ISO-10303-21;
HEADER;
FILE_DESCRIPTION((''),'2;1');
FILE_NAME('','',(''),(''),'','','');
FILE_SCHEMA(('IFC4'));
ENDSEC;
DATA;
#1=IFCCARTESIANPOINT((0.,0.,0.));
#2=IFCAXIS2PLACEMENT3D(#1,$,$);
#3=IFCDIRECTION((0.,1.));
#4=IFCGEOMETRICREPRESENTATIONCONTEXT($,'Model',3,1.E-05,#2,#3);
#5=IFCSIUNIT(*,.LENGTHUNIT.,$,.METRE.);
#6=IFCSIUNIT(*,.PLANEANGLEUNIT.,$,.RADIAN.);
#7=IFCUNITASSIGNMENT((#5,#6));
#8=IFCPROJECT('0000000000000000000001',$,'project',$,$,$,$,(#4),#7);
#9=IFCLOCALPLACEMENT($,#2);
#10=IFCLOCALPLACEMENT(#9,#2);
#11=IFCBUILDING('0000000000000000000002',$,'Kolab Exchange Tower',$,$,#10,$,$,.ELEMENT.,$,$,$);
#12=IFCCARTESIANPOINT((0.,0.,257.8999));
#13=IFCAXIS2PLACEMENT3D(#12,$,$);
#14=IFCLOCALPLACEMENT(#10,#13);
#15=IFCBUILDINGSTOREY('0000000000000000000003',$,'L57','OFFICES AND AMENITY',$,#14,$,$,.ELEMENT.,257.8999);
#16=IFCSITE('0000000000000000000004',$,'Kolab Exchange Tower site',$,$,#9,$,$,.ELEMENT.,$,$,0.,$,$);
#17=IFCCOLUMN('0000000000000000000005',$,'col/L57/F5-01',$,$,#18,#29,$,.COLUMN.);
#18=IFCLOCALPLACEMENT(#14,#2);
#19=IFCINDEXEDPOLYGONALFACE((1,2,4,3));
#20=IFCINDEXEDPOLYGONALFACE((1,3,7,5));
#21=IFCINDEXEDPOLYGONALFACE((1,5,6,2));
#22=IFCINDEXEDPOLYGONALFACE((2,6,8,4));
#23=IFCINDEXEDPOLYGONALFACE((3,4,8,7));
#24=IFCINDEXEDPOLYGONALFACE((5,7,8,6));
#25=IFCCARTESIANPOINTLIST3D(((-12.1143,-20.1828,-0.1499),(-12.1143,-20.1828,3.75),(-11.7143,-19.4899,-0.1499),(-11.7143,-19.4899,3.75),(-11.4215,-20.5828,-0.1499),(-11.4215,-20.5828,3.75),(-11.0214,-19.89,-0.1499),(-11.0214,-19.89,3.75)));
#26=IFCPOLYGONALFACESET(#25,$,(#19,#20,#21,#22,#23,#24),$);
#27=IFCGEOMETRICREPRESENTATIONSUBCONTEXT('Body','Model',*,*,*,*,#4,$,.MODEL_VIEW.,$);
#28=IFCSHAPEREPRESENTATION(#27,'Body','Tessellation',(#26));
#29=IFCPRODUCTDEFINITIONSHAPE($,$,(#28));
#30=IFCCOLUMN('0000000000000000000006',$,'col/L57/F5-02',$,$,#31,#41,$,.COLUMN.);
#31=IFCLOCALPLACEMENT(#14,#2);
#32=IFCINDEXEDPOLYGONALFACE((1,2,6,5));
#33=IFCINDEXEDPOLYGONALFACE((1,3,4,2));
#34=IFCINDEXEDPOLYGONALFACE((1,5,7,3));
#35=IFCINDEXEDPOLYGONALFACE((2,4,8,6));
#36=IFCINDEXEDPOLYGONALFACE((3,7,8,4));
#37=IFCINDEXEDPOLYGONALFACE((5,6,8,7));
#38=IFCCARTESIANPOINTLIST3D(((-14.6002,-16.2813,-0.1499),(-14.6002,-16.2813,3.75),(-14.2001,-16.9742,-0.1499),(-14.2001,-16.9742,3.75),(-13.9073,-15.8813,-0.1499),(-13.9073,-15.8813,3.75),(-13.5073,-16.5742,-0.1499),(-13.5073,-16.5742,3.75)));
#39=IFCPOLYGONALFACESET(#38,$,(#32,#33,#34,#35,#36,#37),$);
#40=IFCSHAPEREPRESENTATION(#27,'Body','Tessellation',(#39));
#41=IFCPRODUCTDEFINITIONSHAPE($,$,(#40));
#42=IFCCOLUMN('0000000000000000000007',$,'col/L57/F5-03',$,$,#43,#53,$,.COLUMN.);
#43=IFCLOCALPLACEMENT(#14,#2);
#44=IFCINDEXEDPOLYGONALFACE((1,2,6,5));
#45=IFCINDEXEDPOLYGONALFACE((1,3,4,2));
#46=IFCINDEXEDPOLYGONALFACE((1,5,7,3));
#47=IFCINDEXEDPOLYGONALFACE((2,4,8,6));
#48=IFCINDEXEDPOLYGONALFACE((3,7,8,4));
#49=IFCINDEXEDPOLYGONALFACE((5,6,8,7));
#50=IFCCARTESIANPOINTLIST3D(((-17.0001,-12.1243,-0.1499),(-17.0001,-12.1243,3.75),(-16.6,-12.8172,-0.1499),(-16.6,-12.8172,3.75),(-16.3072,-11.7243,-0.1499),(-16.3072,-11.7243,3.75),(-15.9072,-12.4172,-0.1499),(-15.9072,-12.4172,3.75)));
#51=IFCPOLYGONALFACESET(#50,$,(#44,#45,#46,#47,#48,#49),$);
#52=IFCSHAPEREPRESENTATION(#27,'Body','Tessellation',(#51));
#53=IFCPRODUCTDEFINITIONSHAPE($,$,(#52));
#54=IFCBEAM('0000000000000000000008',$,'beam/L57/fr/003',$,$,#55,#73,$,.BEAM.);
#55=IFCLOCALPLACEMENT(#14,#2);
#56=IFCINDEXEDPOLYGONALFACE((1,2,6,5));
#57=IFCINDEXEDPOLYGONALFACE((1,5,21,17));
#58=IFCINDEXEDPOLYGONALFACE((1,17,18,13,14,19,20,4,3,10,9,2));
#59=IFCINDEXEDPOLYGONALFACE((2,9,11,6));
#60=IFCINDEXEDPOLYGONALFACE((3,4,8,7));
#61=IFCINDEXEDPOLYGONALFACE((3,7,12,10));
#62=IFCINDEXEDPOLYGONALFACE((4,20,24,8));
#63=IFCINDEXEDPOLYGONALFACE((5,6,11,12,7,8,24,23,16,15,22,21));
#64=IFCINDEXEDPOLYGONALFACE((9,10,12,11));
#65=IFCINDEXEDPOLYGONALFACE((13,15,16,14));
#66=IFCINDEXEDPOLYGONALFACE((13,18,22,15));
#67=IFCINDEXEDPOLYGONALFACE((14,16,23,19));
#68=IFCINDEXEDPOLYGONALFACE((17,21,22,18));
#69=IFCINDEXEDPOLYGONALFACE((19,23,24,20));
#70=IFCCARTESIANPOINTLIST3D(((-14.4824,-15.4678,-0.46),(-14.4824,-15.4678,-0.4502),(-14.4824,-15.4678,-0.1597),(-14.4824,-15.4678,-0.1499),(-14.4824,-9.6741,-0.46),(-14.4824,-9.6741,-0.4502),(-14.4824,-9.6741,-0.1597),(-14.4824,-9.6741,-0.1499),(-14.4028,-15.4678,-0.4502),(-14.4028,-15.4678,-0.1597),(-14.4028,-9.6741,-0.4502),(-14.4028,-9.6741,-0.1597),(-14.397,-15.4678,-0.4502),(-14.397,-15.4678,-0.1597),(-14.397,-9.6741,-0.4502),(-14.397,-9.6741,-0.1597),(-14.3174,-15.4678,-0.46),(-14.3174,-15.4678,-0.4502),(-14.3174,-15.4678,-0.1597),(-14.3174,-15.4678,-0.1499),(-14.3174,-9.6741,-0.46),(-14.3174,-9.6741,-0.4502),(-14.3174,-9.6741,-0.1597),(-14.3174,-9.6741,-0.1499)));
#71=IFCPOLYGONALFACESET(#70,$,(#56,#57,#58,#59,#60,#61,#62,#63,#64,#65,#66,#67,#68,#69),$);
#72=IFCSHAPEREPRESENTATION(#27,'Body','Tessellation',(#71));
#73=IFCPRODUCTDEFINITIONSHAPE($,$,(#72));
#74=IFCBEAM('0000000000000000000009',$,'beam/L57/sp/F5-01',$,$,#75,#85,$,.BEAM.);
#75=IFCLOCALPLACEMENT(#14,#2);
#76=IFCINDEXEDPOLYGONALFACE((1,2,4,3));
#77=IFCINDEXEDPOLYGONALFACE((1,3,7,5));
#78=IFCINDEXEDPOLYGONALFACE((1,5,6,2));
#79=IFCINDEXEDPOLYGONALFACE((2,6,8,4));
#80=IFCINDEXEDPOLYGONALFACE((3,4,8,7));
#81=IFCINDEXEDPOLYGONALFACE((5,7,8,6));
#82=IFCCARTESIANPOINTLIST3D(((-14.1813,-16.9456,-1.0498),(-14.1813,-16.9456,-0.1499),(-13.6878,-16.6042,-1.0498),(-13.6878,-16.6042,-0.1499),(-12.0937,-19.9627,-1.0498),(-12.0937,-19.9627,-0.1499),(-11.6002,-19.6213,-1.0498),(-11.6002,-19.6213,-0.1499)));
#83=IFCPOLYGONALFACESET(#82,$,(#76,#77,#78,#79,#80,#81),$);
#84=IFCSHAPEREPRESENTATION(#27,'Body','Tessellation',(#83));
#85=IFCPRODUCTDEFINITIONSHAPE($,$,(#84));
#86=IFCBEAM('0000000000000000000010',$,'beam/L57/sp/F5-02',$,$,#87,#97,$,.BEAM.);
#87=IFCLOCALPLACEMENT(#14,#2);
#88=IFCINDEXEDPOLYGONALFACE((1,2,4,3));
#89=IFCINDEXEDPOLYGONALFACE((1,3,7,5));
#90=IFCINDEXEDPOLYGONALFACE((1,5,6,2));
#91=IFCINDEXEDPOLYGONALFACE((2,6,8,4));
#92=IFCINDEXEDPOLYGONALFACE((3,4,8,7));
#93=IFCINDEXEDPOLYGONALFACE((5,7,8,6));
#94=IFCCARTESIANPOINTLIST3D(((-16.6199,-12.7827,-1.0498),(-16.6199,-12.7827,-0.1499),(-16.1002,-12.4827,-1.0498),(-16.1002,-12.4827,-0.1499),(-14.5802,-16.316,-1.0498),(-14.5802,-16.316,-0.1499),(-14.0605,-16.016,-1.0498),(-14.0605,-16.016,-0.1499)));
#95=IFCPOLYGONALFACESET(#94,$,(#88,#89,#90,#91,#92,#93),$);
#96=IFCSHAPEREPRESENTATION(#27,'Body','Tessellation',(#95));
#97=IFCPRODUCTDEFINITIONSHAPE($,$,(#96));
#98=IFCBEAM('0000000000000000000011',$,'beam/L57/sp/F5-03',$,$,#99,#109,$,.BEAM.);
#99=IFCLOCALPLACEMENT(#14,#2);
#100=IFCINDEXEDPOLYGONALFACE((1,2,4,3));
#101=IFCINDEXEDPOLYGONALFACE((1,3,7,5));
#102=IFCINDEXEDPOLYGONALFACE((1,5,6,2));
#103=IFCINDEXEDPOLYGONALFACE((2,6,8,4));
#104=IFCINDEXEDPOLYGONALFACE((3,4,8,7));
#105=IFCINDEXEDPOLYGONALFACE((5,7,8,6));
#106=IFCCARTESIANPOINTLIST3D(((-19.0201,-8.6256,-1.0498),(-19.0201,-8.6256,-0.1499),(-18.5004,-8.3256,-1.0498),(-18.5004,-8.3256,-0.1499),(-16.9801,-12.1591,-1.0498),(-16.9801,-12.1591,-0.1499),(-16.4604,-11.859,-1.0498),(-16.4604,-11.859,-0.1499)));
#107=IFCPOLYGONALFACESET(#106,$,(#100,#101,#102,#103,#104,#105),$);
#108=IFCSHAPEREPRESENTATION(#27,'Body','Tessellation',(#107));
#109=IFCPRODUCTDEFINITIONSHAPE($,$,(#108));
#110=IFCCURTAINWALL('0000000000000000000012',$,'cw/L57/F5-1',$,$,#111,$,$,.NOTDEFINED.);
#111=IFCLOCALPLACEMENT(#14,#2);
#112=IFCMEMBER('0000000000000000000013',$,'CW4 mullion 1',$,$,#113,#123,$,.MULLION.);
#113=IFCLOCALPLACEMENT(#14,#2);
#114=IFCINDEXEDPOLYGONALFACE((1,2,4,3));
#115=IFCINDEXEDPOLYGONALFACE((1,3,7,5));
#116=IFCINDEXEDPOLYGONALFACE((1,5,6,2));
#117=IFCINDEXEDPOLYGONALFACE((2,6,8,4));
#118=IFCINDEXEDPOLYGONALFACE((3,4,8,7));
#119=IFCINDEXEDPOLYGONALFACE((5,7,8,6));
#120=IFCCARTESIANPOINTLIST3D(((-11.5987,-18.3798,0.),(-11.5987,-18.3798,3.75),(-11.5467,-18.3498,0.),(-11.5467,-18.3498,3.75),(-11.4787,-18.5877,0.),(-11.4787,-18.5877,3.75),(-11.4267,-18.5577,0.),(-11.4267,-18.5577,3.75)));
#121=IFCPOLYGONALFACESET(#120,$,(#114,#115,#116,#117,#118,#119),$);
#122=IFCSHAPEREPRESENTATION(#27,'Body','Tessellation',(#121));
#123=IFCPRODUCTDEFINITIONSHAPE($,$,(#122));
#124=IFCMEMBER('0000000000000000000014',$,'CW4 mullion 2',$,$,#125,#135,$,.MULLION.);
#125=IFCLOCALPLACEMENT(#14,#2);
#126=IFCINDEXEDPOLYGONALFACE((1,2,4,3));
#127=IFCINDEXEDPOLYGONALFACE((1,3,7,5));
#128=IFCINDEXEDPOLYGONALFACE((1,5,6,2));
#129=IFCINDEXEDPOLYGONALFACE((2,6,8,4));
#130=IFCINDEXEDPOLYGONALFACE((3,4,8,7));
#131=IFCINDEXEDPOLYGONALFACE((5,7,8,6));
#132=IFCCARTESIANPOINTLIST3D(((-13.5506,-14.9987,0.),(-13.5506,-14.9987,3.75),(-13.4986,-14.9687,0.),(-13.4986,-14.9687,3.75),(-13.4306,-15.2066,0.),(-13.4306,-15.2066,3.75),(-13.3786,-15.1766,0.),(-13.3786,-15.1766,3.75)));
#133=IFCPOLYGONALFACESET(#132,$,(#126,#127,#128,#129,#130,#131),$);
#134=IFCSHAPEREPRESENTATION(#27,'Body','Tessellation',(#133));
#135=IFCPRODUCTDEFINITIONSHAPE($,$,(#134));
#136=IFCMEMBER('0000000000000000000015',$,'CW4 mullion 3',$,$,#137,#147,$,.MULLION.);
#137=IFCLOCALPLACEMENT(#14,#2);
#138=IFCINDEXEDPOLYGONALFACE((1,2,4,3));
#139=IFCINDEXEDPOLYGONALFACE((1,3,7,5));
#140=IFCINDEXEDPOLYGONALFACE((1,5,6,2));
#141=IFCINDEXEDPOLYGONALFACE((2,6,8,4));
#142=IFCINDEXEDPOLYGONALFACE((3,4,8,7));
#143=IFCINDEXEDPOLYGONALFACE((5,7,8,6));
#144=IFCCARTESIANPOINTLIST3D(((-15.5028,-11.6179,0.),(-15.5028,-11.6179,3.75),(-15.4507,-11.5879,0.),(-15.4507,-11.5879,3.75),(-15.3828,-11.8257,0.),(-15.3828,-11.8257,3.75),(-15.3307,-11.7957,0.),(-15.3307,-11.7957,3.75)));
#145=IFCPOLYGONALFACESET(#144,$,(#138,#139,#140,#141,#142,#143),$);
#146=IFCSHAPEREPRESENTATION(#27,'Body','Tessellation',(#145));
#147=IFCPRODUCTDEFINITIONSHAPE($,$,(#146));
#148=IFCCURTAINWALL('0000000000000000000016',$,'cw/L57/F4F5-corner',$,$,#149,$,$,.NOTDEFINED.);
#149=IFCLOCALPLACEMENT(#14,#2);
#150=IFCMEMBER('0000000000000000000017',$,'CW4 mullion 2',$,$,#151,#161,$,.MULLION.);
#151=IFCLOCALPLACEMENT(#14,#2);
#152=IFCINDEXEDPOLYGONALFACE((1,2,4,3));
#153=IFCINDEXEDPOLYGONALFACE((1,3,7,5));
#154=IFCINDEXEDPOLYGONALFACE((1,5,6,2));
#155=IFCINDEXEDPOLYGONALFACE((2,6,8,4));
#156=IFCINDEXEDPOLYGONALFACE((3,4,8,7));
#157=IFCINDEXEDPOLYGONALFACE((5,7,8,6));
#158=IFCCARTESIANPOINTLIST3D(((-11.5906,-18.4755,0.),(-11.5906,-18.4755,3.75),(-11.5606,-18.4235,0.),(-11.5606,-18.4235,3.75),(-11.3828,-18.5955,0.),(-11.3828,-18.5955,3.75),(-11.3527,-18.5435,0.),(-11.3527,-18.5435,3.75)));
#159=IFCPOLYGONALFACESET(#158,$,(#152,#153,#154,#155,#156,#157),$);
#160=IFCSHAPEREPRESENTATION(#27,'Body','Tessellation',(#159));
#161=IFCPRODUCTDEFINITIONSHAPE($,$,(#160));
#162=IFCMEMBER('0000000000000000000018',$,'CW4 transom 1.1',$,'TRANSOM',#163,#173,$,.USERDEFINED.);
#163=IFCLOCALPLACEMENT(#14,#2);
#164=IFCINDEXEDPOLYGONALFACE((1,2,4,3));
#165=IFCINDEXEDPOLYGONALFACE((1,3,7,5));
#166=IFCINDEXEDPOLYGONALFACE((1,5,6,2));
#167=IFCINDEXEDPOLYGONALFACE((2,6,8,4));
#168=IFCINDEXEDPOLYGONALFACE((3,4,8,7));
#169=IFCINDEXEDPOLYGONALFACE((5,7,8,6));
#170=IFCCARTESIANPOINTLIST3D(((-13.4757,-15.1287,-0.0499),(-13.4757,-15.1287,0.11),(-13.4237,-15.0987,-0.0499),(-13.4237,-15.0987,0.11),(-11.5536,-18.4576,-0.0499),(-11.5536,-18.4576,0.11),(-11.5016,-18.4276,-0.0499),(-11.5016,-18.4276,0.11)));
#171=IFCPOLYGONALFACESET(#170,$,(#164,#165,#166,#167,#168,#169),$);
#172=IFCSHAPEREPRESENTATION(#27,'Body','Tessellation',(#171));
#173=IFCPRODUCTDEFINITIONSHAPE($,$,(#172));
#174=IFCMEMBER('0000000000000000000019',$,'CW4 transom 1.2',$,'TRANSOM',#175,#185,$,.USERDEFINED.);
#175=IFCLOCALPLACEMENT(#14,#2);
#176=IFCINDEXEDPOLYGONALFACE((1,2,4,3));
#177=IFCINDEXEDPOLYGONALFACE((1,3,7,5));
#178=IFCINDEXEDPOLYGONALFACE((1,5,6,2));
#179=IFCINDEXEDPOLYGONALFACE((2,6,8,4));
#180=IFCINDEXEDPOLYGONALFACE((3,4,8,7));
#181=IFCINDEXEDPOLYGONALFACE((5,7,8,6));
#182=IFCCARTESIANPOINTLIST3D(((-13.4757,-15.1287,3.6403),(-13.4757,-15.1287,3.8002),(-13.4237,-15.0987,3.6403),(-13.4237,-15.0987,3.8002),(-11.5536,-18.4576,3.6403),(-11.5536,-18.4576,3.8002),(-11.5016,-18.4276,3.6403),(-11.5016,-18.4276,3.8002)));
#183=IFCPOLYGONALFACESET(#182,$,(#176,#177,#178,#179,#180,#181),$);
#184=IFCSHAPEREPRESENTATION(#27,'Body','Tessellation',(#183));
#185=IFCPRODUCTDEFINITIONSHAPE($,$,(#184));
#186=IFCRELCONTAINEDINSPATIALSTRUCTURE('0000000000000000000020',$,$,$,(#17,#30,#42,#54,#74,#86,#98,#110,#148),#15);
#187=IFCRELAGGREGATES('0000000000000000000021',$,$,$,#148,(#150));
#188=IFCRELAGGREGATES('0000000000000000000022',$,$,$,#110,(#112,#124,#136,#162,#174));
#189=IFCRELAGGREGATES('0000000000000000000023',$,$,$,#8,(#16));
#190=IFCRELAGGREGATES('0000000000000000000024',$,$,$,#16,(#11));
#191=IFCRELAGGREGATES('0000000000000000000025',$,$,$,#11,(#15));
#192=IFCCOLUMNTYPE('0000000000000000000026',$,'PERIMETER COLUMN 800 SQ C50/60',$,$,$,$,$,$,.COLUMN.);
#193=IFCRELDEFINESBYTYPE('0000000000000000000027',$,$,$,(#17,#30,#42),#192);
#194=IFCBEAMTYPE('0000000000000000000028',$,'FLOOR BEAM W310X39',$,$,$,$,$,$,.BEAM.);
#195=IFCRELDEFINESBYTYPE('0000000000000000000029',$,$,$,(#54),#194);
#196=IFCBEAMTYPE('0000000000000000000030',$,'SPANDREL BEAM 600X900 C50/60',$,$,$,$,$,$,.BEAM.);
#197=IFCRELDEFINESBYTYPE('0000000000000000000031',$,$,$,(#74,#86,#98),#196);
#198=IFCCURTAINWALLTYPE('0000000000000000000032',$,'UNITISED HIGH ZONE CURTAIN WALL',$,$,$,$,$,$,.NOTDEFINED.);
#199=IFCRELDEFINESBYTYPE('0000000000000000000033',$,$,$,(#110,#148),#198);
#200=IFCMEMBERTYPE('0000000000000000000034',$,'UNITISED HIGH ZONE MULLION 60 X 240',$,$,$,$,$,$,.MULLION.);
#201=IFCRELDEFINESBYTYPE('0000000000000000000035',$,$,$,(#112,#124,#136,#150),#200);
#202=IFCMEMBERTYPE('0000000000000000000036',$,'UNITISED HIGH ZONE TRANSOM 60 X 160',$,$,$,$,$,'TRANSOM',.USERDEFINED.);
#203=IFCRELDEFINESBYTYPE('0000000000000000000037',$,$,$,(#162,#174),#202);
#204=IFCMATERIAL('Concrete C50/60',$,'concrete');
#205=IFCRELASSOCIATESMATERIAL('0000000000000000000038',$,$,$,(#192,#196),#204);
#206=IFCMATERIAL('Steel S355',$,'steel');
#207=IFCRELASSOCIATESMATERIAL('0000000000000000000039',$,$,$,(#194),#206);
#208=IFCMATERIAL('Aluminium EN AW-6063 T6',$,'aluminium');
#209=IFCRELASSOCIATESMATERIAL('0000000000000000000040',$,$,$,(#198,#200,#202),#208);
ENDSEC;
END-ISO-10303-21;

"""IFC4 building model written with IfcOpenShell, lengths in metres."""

from ifc_helpers import new_model, si_unit, direction, frame, origin, origin_2d, place, context, subcontext, project, spatial, rectangle, i_section, extrude, material, material_profile, profile_set, type_object, element, aggregate, save


model = new_model("IFC4")

# Units and contexts
model_context = context("Model", 3, precision=1e-05, world=origin(), true_north=direction((0.0, 1.0)))
body_context = subcontext(model_context, "Body", "Model", "MODEL_VIEW")
ifc_project = project(units=[si_unit("LENGTHUNIT", "METRE"), si_unit("PLANEANGLEUNIT", "RADIAN")], contexts=[model_context])

# Site, building, storey
site_placement = place(None, origin())
site = spatial("IfcSite", under=ifc_project, at=site_placement, Name="Kolab Exchange Tower site", CompositionType="ELEMENT", RefElevation=0.0)
building_placement = place(site_placement, origin())
building = spatial("IfcBuilding", under=site, at=building_placement, Name="Kolab Exchange Tower", CompositionType="ELEMENT")
storey_placement = place(building_placement, frame((0.0, 0.0, 257.8999)))
storey = spatial("IfcBuildingStorey", under=building, at=storey_placement, Name="L57", Description="OFFICES AND AMENITY", CompositionType="ELEMENT", Elevation=257.8999)

# Columns
ifc_material_1 = material(Name="Concrete C50/60", Category="concrete")
ifc_material_profile_1 = material_profile(ifc_material_1, rectangle(XDim=0.8, YDim=0.8, at=origin_2d()), Name="RC800")
ifc_profile_set_1 = profile_set([ifc_material_profile_1], Name="Concrete C50/60")
column_type = type_object("IfcColumnType", Name="PERIMETER COLUMN 800 SQ C50/60", PredefinedType="COLUMN", material=ifc_profile_set_1)
for number, where, z_axis, x_axis, name in (
    (1, (-11.5679, -20.0364, -0.1499), (0.0, 0.0, 1.0), (0.5, 0.866025, 0.0), "col/L57/F5-01"),
    (2, (-14.0537, -16.4277, -0.1499), (0.0, 0.0, 1.0), (0.866025, 0.5, 0.0), "col/L57/F5-02"),
    (3, (-16.4536, -12.2708, -0.1499), (0.0, 0.0, 1.0), (0.866025, 0.5, 0.0), "col/L57/F5-03"),
):
    element("IfcColumn", number, at=place(storey_placement, frame(where, z_axis=z_axis, x_axis=x_axis)), inside=storey, type_object=column_type, Name=name, PredefinedType="COLUMN", context=body_context, shape_type="SweptSolid", body=[
        extrude(rectangle(XDim=0.8, YDim=0.8, at=origin_2d()), origin(), (0.0, 0.0, 1.0), 3.8999),
    ])

# Beams
ifc_material_2 = material(Name="Steel S355", Category="steel")
ifc_material_profile_2 = material_profile(ifc_material_2, i_section(OverallWidth=0.165, OverallDepth=0.3101, WebThickness=0.0059, FlangeThickness=0.0098, at=origin_2d()), Name="W310X39")
ifc_profile_set_2 = profile_set([ifc_material_profile_2], Name="Steel S355")
beam_type_1 = type_object("IfcBeamType", Name="FLOOR BEAM W310X39", PredefinedType="BEAM", material=ifc_profile_set_2)
beam_1_placement = place(storey_placement, frame((-14.3999, -15.4678, -0.3049), z_axis=(0.0, 1.0, 0.0), x_axis=(-1.0, 0.0, 0.0)))
element("IfcBeam", 4, at=beam_1_placement, inside=storey, type_object=beam_type_1, Name="beam/L57/fr/003", PredefinedType="BEAM", context=body_context, shape_type="SweptSolid", body=[
    extrude(i_section(OverallWidth=0.165, OverallDepth=0.3101, WebThickness=0.0059, FlangeThickness=0.0098, at=origin_2d()), origin(), (0.0, 0.0, 1.0), 5.7937),
])
ifc_material_profile_3 = material_profile(ifc_material_1, rectangle(XDim=0.6001, YDim=0.8999, at=origin_2d()), Name="RC600X900")
ifc_profile_set_3 = profile_set([ifc_material_profile_3], Name="Concrete C50/60")
beam_type_2 = type_object("IfcBeamType", Name="SPANDREL BEAM 600X900 C50/60", PredefinedType="BEAM", material=ifc_profile_set_3)
beam_2_placement = place(storey_placement, frame((-11.8469, -19.792, -0.5999), z_axis=(-0.569006, 0.822334, 0.0), x_axis=(-0.822334, -0.569006, 0.0)))
element("IfcBeam", 5, at=beam_2_placement, inside=storey, type_object=beam_type_2, Name="beam/L57/sp/F5-01", PredefinedType="BEAM", context=body_context, shape_type="SweptSolid", body=[
    extrude(rectangle(XDim=0.6001, YDim=0.8999, at=origin_2d()), origin(), (0.0, 0.0, 1.0), 3.6689),
])
beam_3_placement = place(storey_placement, frame((-14.3203, -16.166, -0.5999), z_axis=(-0.499956, 0.866051, 0.0), x_axis=(-0.866051, -0.499956, 0.0)))
element("IfcBeam", 6, at=beam_3_placement, inside=storey, type_object=beam_type_2, Name="beam/L57/sp/F5-02", PredefinedType="BEAM", context=body_context, shape_type="SweptSolid", body=[
    extrude(rectangle(XDim=0.6001, YDim=0.8999, at=origin_2d()), origin(), (0.0, 0.0, 1.0), 4.0798),
])
beam_4_placement = place(storey_placement, frame((-16.7202, -12.009, -0.5999), z_axis=(-0.5, 0.866025, 0.0), x_axis=(-0.866025, -0.5, 0.0)))
element("IfcBeam", 7, at=beam_4_placement, inside=storey, type_object=beam_type_2, Name="beam/L57/sp/F5-03", PredefinedType="BEAM", context=body_context, shape_type="SweptSolid", body=[
    extrude(rectangle(XDim=0.6001, YDim=0.8999, at=origin_2d()), origin(), (0.0, 0.0, 1.0), 4.0801),
])

# Curtain wall, members
ifc_material_3 = material(Name="Aluminium EN AW-6063 T6", Category="aluminium")
curtain_wall_type = type_object("IfcCurtainWallType", Name="UNITISED HIGH ZONE CURTAIN WALL", PredefinedType="NOTDEFINED", material=ifc_material_3)
curtain_wall_1_placement = place(storey_placement, origin())
curtain_wall_1 = element("IfcCurtainWall", 8, at=curtain_wall_1_placement, inside=storey, type_object=curtain_wall_type, Name="cw/L57/F5-1", PredefinedType="NOTDEFINED")
ifc_material_profile_4 = material_profile(ifc_material_3, rectangle(XDim=0.0601, YDim=0.24, at=origin_2d()), Name="RECT 60X240")
ifc_profile_set_4 = profile_set([ifc_material_profile_4], Name="Aluminium EN AW-6063 T6")
member_type_1 = type_object("IfcMemberType", Name="UNITISED HIGH ZONE MULLION 60 X 240", PredefinedType="MULLION", material=ifc_profile_set_4)
member_1_placement = place(storey_placement, frame((-11.5127, -18.4688, 0.0), z_axis=(0.0, 0.0, 1.0), x_axis=(-0.866025, -0.5, 0.0)))
member_1 = element("IfcMember", 9, at=member_1_placement, type_object=member_type_1, Name="CW4 mullion 1", PredefinedType="MULLION", context=body_context, shape_type="SweptSolid", body=[
    extrude(rectangle(XDim=0.0601, YDim=0.24, at=origin_2d()), origin(), (0.0, 0.0, 1.0), 3.75),
])
member_2_placement = place(storey_placement, frame((-13.4646, -15.0876, 0.0), z_axis=(0.0, 0.0, 1.0), x_axis=(-0.866025, -0.5, 0.0)))
member_2 = element("IfcMember", 10, at=member_2_placement, type_object=member_type_1, Name="CW4 mullion 2", PredefinedType="MULLION", context=body_context, shape_type="SweptSolid", body=[
    extrude(rectangle(XDim=0.0601, YDim=0.24, at=origin_2d()), origin(), (0.0, 0.0, 1.0), 3.75),
])
member_3_placement = place(storey_placement, frame((-15.4167, -11.7068, 0.0), z_axis=(0.0, 0.0, 1.0), x_axis=(-0.866025, -0.5, 0.0)))
member_3 = element("IfcMember", 11, at=member_3_placement, type_object=member_type_1, Name="CW4 mullion 3", PredefinedType="MULLION", context=body_context, shape_type="SweptSolid", body=[
    extrude(rectangle(XDim=0.0601, YDim=0.24, at=origin_2d()), origin(), (0.0, 0.0, 1.0), 3.75),
])

# Curtain wall, member
curtain_wall_2_placement = place(storey_placement, origin())
curtain_wall_2 = element("IfcCurtainWall", 12, at=curtain_wall_2_placement, inside=storey, type_object=curtain_wall_type, Name="cw/L57/F4F5-corner", PredefinedType="NOTDEFINED")
member_4_placement = place(storey_placement, frame((-11.4717, -18.5095, 0.0), z_axis=(0.0, 0.0, 1.0), x_axis=(-0.5, -0.866025, 0.0)))
member_4 = element("IfcMember", 13, at=member_4_placement, type_object=member_type_1, Name="CW4 mullion 2", PredefinedType="MULLION", context=body_context, shape_type="SweptSolid", body=[
    extrude(rectangle(XDim=0.0601, YDim=0.24, at=origin_2d()), origin(), (0.0, 0.0, 1.0), 3.75),
])
aggregate(curtain_wall_2, [member_4])

# Members
ifc_material_profile_5 = material_profile(ifc_material_3, rectangle(XDim=0.0601, YDim=0.1599, at=origin_2d()), Name="RECT 60X160")
ifc_profile_set_5 = profile_set([ifc_material_profile_5], Name="Aluminium EN AW-6063 T6")
member_type_2 = type_object("IfcMemberType", Name="UNITISED HIGH ZONE TRANSOM 60 X 160", ElementType="TRANSOM", PredefinedType="USERDEFINED", material=ifc_profile_set_5)
member_5_placement = place(storey_placement, frame((-11.5276, -18.4426, 0.03), z_axis=(-0.500039, 0.866003, 0.0), x_axis=(-0.866003, -0.500039, 0.0)))
member_5 = element("IfcMember", 14, at=member_5_placement, type_object=member_type_2, Name="CW4 transom 1.1", ObjectType="TRANSOM", PredefinedType="USERDEFINED", context=body_context, shape_type="SweptSolid", body=[
    extrude(rectangle(XDim=0.0601, YDim=0.1599, at=origin_2d()), origin(), (0.0, 0.0, 1.0), 3.844),
])
member_6_placement = place(storey_placement, frame((-11.5276, -18.4426, 3.7202), z_axis=(-0.500039, 0.866003, 0.0), x_axis=(-0.866003, -0.500039, 0.0)))
member_6 = element("IfcMember", 15, at=member_6_placement, type_object=member_type_2, Name="CW4 transom 1.2", ObjectType="TRANSOM", PredefinedType="USERDEFINED", context=body_context, shape_type="SweptSolid", body=[
    extrude(rectangle(XDim=0.0601, YDim=0.1599, at=origin_2d()), origin(), (0.0, 0.0, 1.0), 3.844),
])

aggregate(curtain_wall_1, [member_1, member_2, member_3, member_5, member_6])

save(model, "model.ifc")
